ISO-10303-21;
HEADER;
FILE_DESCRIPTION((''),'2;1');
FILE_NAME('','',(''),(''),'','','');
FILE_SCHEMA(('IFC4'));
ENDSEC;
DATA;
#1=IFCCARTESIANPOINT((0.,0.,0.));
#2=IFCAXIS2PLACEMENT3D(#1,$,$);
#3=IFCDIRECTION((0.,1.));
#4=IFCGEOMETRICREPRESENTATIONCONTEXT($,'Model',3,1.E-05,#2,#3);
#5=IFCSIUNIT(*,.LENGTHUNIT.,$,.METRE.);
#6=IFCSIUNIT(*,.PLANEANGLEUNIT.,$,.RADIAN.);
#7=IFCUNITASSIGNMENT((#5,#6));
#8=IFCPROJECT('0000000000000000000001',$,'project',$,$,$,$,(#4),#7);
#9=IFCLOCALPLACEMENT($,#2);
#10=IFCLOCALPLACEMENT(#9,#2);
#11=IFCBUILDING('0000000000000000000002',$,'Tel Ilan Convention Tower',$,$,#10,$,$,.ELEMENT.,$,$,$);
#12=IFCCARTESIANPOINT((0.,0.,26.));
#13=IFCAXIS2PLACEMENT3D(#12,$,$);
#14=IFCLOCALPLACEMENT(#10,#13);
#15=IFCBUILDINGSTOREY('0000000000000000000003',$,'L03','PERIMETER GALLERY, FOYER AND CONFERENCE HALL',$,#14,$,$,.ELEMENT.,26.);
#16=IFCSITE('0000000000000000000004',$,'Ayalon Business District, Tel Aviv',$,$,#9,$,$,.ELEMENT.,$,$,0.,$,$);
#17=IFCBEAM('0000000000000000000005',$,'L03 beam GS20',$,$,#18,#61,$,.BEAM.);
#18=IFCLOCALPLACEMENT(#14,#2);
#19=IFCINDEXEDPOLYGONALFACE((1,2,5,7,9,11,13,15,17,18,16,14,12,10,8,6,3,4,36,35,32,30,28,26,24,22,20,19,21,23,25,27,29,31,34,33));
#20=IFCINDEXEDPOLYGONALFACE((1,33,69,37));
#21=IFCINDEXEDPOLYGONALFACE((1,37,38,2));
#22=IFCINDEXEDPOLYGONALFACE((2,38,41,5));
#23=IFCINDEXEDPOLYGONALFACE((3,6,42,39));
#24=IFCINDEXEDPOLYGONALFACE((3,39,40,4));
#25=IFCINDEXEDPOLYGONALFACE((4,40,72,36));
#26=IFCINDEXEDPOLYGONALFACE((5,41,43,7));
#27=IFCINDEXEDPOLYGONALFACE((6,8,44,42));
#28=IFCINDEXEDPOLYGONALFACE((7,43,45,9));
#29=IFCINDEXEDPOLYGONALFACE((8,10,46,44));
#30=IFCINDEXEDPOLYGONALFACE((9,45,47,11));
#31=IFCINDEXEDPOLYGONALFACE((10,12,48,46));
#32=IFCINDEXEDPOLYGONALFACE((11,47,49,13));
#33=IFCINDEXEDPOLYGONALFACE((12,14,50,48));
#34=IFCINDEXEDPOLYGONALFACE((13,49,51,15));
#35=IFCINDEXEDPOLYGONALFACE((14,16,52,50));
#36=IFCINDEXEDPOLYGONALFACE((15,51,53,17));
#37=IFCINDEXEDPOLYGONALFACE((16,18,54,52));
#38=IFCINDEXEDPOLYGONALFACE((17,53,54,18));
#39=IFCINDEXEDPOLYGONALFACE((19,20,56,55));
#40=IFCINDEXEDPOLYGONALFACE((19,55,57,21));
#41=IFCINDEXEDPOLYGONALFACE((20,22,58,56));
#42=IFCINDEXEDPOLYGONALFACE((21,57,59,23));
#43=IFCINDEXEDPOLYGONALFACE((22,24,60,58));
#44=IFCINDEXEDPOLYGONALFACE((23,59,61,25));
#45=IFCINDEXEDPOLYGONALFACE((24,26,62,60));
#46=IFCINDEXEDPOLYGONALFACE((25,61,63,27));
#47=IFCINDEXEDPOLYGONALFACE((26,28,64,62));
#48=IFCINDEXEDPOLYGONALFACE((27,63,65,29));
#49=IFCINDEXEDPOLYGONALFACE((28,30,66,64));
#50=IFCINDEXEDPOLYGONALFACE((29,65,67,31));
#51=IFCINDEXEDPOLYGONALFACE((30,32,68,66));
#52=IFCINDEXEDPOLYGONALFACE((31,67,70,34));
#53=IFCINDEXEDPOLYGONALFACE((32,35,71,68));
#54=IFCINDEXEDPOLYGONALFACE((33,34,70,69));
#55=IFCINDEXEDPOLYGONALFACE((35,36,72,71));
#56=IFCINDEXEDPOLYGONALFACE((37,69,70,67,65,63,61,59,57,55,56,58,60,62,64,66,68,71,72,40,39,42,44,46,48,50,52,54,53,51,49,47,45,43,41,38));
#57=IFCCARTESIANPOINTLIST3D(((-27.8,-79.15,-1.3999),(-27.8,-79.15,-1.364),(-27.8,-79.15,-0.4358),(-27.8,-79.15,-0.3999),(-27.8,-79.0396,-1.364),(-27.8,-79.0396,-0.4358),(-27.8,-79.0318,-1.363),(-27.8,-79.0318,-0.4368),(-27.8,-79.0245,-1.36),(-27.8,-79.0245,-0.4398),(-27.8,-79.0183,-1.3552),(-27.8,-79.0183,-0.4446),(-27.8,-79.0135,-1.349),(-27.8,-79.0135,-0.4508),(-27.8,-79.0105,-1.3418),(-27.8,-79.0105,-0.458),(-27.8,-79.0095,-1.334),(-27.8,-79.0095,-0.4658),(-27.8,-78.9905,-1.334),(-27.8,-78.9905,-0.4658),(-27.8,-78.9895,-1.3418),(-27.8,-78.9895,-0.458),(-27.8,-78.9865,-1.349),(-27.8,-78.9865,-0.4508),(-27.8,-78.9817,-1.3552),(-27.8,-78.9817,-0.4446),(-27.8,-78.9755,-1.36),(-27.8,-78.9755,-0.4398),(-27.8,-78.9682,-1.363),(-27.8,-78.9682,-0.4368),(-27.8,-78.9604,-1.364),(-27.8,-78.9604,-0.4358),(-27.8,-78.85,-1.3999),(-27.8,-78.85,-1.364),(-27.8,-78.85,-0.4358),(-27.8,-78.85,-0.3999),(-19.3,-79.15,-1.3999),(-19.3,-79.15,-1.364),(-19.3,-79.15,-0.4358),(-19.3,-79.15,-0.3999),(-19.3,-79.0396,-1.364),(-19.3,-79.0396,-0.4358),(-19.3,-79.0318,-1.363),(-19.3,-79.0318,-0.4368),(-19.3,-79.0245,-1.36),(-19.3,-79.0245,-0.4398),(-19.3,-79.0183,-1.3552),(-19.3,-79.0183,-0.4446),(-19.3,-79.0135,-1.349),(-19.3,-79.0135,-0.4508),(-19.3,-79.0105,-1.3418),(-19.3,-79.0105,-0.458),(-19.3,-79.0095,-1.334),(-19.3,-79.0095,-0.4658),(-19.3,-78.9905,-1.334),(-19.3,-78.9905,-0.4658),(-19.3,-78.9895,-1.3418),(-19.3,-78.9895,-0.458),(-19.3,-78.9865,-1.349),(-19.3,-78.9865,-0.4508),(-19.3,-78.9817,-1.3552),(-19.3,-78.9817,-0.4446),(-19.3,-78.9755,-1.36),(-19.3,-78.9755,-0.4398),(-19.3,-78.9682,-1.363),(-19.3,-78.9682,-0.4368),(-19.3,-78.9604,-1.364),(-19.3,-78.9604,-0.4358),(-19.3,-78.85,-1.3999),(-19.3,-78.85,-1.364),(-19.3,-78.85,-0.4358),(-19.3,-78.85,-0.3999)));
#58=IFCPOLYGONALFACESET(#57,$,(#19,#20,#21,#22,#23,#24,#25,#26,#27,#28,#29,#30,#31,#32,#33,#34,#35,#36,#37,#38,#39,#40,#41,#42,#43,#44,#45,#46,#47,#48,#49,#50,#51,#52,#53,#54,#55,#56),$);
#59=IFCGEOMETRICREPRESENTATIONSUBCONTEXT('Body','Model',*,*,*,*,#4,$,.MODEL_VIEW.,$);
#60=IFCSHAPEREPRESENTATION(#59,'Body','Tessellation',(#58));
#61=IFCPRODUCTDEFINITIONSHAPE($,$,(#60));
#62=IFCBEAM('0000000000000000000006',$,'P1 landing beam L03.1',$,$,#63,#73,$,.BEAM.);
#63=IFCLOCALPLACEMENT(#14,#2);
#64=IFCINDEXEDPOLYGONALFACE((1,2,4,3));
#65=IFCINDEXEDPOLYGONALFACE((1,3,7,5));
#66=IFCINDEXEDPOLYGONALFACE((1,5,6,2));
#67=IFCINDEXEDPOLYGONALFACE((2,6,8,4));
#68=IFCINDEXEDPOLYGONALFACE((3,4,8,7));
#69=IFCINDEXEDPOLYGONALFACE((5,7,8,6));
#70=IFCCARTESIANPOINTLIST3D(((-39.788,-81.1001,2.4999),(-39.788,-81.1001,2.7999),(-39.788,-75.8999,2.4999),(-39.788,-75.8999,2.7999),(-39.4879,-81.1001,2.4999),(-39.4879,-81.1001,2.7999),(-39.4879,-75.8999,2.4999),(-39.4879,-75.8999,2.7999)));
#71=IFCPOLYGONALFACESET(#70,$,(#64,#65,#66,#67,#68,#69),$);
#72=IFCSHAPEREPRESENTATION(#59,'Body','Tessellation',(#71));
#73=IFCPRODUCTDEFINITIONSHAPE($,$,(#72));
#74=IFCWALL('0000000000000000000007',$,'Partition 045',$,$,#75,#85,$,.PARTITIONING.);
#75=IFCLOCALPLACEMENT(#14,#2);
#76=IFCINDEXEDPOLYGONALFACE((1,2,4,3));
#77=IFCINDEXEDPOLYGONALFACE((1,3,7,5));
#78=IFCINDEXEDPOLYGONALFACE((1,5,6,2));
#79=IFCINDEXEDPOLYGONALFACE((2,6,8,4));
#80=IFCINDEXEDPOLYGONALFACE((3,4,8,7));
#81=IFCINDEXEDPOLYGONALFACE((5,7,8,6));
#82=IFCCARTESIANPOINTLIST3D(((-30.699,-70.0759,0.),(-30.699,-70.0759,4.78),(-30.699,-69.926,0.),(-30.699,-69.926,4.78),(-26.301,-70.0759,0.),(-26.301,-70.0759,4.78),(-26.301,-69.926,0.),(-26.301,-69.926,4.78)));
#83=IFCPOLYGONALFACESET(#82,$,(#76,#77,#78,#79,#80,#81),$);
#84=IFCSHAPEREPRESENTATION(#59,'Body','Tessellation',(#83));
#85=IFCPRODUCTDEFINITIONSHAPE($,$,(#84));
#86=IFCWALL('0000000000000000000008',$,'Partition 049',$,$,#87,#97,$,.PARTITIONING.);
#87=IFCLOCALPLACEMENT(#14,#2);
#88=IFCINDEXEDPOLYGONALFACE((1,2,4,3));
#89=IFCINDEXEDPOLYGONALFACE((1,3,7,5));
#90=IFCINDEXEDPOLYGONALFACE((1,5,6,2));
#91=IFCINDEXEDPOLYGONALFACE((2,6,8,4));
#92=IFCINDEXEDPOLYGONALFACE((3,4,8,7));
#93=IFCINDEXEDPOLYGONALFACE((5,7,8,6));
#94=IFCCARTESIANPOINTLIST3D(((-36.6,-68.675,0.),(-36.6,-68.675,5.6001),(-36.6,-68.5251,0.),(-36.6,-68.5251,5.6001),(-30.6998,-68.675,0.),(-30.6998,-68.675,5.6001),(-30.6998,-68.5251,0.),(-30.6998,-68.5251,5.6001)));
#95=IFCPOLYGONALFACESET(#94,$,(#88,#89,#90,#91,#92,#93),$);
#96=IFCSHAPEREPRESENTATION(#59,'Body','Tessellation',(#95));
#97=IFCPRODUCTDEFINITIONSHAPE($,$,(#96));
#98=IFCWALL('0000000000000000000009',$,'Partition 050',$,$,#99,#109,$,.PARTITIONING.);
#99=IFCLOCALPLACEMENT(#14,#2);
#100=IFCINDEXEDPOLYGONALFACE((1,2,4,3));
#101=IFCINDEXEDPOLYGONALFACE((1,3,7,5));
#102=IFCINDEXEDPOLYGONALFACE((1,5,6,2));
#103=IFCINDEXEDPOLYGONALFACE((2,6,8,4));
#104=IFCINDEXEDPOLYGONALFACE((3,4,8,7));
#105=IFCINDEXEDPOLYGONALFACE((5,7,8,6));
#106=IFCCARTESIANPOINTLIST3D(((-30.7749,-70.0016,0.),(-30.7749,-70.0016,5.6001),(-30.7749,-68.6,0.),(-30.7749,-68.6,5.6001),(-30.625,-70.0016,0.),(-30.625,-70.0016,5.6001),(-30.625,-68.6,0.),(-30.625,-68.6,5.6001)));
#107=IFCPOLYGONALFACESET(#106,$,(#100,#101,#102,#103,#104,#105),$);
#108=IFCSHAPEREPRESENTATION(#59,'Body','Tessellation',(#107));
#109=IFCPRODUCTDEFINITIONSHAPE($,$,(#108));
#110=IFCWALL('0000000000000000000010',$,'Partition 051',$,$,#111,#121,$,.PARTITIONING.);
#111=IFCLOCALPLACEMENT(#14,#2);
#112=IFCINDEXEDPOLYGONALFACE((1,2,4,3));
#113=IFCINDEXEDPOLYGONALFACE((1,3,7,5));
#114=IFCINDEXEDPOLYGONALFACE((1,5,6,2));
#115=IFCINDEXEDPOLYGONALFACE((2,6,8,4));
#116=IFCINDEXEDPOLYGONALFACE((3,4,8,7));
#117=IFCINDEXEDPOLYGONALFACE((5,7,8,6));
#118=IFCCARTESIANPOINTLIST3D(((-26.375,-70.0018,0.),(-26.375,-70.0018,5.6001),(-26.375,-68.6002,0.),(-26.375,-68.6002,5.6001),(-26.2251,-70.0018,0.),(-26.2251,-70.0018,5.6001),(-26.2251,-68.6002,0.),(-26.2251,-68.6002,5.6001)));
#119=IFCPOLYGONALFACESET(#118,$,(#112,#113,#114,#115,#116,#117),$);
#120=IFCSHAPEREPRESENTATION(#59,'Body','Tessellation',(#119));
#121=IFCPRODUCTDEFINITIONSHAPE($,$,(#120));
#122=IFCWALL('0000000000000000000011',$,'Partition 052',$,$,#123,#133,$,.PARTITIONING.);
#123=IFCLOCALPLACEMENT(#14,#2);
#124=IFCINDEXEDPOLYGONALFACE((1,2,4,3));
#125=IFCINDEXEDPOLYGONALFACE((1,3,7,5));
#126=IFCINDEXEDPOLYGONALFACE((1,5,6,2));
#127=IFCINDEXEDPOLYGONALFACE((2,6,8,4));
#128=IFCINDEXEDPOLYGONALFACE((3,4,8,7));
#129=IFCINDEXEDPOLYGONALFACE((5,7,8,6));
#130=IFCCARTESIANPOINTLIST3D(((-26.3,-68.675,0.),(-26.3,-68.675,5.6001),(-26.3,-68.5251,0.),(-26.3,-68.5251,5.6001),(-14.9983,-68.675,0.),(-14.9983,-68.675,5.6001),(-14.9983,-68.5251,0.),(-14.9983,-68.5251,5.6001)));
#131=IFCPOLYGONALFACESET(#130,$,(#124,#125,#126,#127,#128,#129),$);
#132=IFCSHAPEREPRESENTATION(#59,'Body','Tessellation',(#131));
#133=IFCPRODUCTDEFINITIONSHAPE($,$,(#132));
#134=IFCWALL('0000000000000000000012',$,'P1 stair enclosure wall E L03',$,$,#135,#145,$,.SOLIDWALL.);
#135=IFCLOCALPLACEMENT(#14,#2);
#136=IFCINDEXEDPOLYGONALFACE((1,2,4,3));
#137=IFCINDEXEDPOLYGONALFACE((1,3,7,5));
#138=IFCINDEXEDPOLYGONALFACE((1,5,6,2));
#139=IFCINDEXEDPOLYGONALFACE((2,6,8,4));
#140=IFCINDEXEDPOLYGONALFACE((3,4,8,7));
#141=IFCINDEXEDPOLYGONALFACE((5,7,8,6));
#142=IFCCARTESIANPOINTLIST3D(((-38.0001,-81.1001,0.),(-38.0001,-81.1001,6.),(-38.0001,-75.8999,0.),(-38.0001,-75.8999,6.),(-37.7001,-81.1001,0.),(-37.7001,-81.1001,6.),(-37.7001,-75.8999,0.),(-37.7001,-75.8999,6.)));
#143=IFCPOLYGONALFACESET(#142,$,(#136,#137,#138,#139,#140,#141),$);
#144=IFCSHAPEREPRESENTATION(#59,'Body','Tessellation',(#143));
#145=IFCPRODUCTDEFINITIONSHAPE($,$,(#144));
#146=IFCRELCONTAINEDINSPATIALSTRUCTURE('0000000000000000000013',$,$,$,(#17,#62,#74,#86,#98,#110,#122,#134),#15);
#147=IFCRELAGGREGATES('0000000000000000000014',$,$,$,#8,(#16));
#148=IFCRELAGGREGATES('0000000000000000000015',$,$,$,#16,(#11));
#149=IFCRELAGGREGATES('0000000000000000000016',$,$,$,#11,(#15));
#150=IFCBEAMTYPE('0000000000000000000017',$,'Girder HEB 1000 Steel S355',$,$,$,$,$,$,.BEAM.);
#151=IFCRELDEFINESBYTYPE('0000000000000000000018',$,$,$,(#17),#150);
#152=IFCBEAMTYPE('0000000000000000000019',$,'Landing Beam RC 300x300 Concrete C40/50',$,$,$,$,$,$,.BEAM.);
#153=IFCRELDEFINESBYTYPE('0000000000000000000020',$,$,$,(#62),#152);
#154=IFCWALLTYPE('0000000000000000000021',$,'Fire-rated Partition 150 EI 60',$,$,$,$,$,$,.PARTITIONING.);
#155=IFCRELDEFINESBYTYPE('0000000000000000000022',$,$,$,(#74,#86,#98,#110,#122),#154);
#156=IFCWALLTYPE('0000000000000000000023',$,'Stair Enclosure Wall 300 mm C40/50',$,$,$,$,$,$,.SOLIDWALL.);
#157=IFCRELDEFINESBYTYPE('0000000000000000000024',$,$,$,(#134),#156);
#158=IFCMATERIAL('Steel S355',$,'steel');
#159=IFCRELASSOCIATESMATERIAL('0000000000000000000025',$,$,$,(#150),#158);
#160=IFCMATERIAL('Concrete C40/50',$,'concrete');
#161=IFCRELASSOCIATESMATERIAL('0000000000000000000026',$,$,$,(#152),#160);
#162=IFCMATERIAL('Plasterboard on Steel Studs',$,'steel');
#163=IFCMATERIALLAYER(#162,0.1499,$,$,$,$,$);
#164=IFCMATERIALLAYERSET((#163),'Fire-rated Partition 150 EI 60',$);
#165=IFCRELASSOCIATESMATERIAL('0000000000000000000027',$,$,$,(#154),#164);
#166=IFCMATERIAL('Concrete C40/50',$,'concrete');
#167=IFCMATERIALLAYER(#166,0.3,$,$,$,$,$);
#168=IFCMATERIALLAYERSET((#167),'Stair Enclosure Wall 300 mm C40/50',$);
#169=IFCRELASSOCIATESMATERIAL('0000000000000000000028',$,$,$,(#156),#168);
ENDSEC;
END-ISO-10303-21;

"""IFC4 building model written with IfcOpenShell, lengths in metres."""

from ifc_helpers import new_model, si_unit, direction, frame, frame_2d, origin, origin_2d, place, context, subcontext, project, spatial, rectangle, i_section, extrude, material, layer, layer_set, material_profile, profile_set, type_object, element, save


model = new_model("IFC4")

# Units and contexts
model_context = context("Model", 3, precision=1e-05, world=origin(), true_north=direction((0.0, 1.0)))
body_context = subcontext(model_context, "Body", "Model", "MODEL_VIEW")
ifc_project = project(units=[si_unit("LENGTHUNIT", "METRE"), si_unit("PLANEANGLEUNIT", "RADIAN")], contexts=[model_context])

# Site, building, storey
site_placement = place(None, origin())
site = spatial("IfcSite", under=ifc_project, at=site_placement, Name="Ayalon Business District, Tel Aviv", CompositionType="ELEMENT", RefElevation=0.0)
building_placement = place(site_placement, origin())
building = spatial("IfcBuilding", under=site, at=building_placement, Name="Tel Ilan Convention Tower", CompositionType="ELEMENT")
storey_placement = place(building_placement, frame((0.0, 0.0, 26.0)))
storey = spatial("IfcBuildingStorey", under=building, at=storey_placement, Name="L03", Description="PERIMETER GALLERY, FOYER AND CONFERENCE HALL", CompositionType="ELEMENT", Elevation=26.0)

# Beams
ifc_material_1 = material(Name="Steel S355", Category="steel")
ifc_material_profile_1 = material_profile(ifc_material_1, i_section(OverallWidth=0.3, OverallDepth=1.0, WebThickness=0.019, FlangeThickness=0.0359, FilletRadius=0.03, at=origin_2d()), Name="HEB 1000")
ifc_profile_set_1 = profile_set([ifc_material_profile_1], Name="Steel S355")
beam_type_1 = type_object("IfcBeamType", Name="Girder HEB 1000 Steel S355", PredefinedType="BEAM", material=ifc_profile_set_1)
for number, where, z_axis, x_axis, name in (
    (1, (-27.8, -79.0, -0.8999), (1.0, 0.0, 0.0), (0.0, 1.0, 0.0), "L03 beam GS20"),
):
    element("IfcBeam", number, at=place(storey_placement, frame(where, z_axis=z_axis, x_axis=x_axis)), inside=storey, type_object=beam_type_1, Name=name, PredefinedType="BEAM", context=body_context, shape_type="SweptSolid", body=[
        extrude(i_section(OverallWidth=0.3, OverallDepth=1.0, WebThickness=0.019, FlangeThickness=0.0359, FilletRadius=0.03, at=origin_2d()), origin(), (0.0, 0.0, 1.0), 8.5),
    ])
ifc_material_2 = material(Name="Concrete C40/50", Category="concrete")
ifc_material_profile_2 = material_profile(ifc_material_2, rectangle(XDim=0.3, YDim=0.3, at=origin_2d()), Name="RC 300x300")
ifc_profile_set_2 = profile_set([ifc_material_profile_2], Name="Concrete C40/50")
beam_type_2 = type_object("IfcBeamType", Name="Landing Beam RC 300x300 Concrete C40/50", PredefinedType="BEAM", material=ifc_profile_set_2)
beam_1_placement = place(storey_placement, frame((-39.6379, -81.1001, 2.6499), z_axis=(0.0, 1.0, 0.0), x_axis=(-1.0, 0.0, 0.0)))
element("IfcBeam", 2, at=beam_1_placement, inside=storey, type_object=beam_type_2, Name="P1 landing beam L03.1", PredefinedType="BEAM", context=body_context, shape_type="SweptSolid", body=[
    extrude(rectangle(XDim=0.3, YDim=0.3, at=origin_2d()), origin(), (0.0, 0.0, 1.0), 5.2002),
])

# Walls
ifc_material_3 = material(Name="Plasterboard on Steel Studs", Category="steel")
ifc_layer_1 = layer(ifc_material_3, 0.1499)
ifc_layer_set_1 = layer_set([ifc_layer_1], Name="Fire-rated Partition 150 EI 60")
wall_type_1 = type_object("IfcWallType", Name="Fire-rated Partition 150 EI 60", PredefinedType="PARTITIONING", material=ifc_layer_set_1)
wall_1_placement = place(storey_placement, frame((-30.699, -70.001, 0.0), z_axis=(0.0, 0.0, 1.0), x_axis=(1.0, 0.0, 0.0)))
element("IfcWall", 3, at=wall_1_placement, inside=storey, type_object=wall_type_1, Name="Partition 045", PredefinedType="PARTITIONING", context=body_context, shape_type="SweptSolid", body=[
    extrude(rectangle(XDim=4.3979, YDim=0.1499, at=frame_2d((2.199, 0.0))), origin(), (0.0, 0.0, 1.0), 4.78),
])
wall_2_placement = place(storey_placement, frame((-36.6001, -68.6001, 0.0), z_axis=(0.0, 0.0, 1.0), x_axis=(1.0, 0.0, 0.0)))
element("IfcWall", 4, at=wall_2_placement, inside=storey, type_object=wall_type_1, Name="Partition 049", PredefinedType="PARTITIONING", context=body_context, shape_type="SweptSolid", body=[
    extrude(rectangle(XDim=5.9001, YDim=0.1499, at=frame_2d((2.9502, 0.0))), origin(), (0.0, 0.0, 1.0), 5.6001),
])
for number, where, z_axis, x_axis, name in (
    (5, (-30.7, -68.6001, 0.0), (0.0, 0.0, 1.0), (0.0, -1.0, 0.0), "Partition 050"),
    (6, (-26.3, -70.0017, 0.0), (0.0, 0.0, 1.0), (0.0, 1.0, 0.0), "Partition 051"),
):
    element("IfcWall", number, at=place(storey_placement, frame(where, z_axis=z_axis, x_axis=x_axis)), inside=storey, type_object=wall_type_1, Name=name, PredefinedType="PARTITIONING", context=body_context, shape_type="SweptSolid", body=[
        extrude(rectangle(XDim=1.4016, YDim=0.1499, at=frame_2d((0.7007, 0.0))), origin(), (0.0, 0.0, 1.0), 5.6001),
    ])
wall_3_placement = place(storey_placement, frame((-26.3, -68.6001, 0.0), z_axis=(0.0, 0.0, 1.0), x_axis=(1.0, 0.0, 0.0)))
element("IfcWall", 7, at=wall_3_placement, inside=storey, type_object=wall_type_1, Name="Partition 052", PredefinedType="PARTITIONING", context=body_context, shape_type="SweptSolid", body=[
    extrude(rectangle(XDim=11.3018, YDim=0.1499, at=frame_2d((5.6509, 0.0))), origin(), (0.0, 0.0, 1.0), 5.6001),
])
ifc_material_4 = material(Name="Concrete C40/50", Category="concrete")
ifc_layer_2 = layer(ifc_material_4, 0.3)
ifc_layer_set_2 = layer_set([ifc_layer_2], Name="Stair Enclosure Wall 300 mm C40/50")
wall_type_2 = type_object("IfcWallType", Name="Stair Enclosure Wall 300 mm C40/50", PredefinedType="SOLIDWALL", material=ifc_layer_set_2)
wall_4_placement = place(storey_placement, frame((-37.8501, -81.1001, 0.0), z_axis=(0.0, 0.0, 1.0), x_axis=(0.0, 1.0, 0.0)))
element("IfcWall", 8, at=wall_4_placement, inside=storey, type_object=wall_type_2, Name="P1 stair enclosure wall E L03", PredefinedType="SOLIDWALL", context=body_context, shape_type="SweptSolid", body=[
    extrude(rectangle(XDim=5.2002, YDim=0.3, at=frame_2d((2.6001, 0.0))), origin(), (0.0, 0.0, 1.0), 6.0),
])

save(model, "model.ifc")
